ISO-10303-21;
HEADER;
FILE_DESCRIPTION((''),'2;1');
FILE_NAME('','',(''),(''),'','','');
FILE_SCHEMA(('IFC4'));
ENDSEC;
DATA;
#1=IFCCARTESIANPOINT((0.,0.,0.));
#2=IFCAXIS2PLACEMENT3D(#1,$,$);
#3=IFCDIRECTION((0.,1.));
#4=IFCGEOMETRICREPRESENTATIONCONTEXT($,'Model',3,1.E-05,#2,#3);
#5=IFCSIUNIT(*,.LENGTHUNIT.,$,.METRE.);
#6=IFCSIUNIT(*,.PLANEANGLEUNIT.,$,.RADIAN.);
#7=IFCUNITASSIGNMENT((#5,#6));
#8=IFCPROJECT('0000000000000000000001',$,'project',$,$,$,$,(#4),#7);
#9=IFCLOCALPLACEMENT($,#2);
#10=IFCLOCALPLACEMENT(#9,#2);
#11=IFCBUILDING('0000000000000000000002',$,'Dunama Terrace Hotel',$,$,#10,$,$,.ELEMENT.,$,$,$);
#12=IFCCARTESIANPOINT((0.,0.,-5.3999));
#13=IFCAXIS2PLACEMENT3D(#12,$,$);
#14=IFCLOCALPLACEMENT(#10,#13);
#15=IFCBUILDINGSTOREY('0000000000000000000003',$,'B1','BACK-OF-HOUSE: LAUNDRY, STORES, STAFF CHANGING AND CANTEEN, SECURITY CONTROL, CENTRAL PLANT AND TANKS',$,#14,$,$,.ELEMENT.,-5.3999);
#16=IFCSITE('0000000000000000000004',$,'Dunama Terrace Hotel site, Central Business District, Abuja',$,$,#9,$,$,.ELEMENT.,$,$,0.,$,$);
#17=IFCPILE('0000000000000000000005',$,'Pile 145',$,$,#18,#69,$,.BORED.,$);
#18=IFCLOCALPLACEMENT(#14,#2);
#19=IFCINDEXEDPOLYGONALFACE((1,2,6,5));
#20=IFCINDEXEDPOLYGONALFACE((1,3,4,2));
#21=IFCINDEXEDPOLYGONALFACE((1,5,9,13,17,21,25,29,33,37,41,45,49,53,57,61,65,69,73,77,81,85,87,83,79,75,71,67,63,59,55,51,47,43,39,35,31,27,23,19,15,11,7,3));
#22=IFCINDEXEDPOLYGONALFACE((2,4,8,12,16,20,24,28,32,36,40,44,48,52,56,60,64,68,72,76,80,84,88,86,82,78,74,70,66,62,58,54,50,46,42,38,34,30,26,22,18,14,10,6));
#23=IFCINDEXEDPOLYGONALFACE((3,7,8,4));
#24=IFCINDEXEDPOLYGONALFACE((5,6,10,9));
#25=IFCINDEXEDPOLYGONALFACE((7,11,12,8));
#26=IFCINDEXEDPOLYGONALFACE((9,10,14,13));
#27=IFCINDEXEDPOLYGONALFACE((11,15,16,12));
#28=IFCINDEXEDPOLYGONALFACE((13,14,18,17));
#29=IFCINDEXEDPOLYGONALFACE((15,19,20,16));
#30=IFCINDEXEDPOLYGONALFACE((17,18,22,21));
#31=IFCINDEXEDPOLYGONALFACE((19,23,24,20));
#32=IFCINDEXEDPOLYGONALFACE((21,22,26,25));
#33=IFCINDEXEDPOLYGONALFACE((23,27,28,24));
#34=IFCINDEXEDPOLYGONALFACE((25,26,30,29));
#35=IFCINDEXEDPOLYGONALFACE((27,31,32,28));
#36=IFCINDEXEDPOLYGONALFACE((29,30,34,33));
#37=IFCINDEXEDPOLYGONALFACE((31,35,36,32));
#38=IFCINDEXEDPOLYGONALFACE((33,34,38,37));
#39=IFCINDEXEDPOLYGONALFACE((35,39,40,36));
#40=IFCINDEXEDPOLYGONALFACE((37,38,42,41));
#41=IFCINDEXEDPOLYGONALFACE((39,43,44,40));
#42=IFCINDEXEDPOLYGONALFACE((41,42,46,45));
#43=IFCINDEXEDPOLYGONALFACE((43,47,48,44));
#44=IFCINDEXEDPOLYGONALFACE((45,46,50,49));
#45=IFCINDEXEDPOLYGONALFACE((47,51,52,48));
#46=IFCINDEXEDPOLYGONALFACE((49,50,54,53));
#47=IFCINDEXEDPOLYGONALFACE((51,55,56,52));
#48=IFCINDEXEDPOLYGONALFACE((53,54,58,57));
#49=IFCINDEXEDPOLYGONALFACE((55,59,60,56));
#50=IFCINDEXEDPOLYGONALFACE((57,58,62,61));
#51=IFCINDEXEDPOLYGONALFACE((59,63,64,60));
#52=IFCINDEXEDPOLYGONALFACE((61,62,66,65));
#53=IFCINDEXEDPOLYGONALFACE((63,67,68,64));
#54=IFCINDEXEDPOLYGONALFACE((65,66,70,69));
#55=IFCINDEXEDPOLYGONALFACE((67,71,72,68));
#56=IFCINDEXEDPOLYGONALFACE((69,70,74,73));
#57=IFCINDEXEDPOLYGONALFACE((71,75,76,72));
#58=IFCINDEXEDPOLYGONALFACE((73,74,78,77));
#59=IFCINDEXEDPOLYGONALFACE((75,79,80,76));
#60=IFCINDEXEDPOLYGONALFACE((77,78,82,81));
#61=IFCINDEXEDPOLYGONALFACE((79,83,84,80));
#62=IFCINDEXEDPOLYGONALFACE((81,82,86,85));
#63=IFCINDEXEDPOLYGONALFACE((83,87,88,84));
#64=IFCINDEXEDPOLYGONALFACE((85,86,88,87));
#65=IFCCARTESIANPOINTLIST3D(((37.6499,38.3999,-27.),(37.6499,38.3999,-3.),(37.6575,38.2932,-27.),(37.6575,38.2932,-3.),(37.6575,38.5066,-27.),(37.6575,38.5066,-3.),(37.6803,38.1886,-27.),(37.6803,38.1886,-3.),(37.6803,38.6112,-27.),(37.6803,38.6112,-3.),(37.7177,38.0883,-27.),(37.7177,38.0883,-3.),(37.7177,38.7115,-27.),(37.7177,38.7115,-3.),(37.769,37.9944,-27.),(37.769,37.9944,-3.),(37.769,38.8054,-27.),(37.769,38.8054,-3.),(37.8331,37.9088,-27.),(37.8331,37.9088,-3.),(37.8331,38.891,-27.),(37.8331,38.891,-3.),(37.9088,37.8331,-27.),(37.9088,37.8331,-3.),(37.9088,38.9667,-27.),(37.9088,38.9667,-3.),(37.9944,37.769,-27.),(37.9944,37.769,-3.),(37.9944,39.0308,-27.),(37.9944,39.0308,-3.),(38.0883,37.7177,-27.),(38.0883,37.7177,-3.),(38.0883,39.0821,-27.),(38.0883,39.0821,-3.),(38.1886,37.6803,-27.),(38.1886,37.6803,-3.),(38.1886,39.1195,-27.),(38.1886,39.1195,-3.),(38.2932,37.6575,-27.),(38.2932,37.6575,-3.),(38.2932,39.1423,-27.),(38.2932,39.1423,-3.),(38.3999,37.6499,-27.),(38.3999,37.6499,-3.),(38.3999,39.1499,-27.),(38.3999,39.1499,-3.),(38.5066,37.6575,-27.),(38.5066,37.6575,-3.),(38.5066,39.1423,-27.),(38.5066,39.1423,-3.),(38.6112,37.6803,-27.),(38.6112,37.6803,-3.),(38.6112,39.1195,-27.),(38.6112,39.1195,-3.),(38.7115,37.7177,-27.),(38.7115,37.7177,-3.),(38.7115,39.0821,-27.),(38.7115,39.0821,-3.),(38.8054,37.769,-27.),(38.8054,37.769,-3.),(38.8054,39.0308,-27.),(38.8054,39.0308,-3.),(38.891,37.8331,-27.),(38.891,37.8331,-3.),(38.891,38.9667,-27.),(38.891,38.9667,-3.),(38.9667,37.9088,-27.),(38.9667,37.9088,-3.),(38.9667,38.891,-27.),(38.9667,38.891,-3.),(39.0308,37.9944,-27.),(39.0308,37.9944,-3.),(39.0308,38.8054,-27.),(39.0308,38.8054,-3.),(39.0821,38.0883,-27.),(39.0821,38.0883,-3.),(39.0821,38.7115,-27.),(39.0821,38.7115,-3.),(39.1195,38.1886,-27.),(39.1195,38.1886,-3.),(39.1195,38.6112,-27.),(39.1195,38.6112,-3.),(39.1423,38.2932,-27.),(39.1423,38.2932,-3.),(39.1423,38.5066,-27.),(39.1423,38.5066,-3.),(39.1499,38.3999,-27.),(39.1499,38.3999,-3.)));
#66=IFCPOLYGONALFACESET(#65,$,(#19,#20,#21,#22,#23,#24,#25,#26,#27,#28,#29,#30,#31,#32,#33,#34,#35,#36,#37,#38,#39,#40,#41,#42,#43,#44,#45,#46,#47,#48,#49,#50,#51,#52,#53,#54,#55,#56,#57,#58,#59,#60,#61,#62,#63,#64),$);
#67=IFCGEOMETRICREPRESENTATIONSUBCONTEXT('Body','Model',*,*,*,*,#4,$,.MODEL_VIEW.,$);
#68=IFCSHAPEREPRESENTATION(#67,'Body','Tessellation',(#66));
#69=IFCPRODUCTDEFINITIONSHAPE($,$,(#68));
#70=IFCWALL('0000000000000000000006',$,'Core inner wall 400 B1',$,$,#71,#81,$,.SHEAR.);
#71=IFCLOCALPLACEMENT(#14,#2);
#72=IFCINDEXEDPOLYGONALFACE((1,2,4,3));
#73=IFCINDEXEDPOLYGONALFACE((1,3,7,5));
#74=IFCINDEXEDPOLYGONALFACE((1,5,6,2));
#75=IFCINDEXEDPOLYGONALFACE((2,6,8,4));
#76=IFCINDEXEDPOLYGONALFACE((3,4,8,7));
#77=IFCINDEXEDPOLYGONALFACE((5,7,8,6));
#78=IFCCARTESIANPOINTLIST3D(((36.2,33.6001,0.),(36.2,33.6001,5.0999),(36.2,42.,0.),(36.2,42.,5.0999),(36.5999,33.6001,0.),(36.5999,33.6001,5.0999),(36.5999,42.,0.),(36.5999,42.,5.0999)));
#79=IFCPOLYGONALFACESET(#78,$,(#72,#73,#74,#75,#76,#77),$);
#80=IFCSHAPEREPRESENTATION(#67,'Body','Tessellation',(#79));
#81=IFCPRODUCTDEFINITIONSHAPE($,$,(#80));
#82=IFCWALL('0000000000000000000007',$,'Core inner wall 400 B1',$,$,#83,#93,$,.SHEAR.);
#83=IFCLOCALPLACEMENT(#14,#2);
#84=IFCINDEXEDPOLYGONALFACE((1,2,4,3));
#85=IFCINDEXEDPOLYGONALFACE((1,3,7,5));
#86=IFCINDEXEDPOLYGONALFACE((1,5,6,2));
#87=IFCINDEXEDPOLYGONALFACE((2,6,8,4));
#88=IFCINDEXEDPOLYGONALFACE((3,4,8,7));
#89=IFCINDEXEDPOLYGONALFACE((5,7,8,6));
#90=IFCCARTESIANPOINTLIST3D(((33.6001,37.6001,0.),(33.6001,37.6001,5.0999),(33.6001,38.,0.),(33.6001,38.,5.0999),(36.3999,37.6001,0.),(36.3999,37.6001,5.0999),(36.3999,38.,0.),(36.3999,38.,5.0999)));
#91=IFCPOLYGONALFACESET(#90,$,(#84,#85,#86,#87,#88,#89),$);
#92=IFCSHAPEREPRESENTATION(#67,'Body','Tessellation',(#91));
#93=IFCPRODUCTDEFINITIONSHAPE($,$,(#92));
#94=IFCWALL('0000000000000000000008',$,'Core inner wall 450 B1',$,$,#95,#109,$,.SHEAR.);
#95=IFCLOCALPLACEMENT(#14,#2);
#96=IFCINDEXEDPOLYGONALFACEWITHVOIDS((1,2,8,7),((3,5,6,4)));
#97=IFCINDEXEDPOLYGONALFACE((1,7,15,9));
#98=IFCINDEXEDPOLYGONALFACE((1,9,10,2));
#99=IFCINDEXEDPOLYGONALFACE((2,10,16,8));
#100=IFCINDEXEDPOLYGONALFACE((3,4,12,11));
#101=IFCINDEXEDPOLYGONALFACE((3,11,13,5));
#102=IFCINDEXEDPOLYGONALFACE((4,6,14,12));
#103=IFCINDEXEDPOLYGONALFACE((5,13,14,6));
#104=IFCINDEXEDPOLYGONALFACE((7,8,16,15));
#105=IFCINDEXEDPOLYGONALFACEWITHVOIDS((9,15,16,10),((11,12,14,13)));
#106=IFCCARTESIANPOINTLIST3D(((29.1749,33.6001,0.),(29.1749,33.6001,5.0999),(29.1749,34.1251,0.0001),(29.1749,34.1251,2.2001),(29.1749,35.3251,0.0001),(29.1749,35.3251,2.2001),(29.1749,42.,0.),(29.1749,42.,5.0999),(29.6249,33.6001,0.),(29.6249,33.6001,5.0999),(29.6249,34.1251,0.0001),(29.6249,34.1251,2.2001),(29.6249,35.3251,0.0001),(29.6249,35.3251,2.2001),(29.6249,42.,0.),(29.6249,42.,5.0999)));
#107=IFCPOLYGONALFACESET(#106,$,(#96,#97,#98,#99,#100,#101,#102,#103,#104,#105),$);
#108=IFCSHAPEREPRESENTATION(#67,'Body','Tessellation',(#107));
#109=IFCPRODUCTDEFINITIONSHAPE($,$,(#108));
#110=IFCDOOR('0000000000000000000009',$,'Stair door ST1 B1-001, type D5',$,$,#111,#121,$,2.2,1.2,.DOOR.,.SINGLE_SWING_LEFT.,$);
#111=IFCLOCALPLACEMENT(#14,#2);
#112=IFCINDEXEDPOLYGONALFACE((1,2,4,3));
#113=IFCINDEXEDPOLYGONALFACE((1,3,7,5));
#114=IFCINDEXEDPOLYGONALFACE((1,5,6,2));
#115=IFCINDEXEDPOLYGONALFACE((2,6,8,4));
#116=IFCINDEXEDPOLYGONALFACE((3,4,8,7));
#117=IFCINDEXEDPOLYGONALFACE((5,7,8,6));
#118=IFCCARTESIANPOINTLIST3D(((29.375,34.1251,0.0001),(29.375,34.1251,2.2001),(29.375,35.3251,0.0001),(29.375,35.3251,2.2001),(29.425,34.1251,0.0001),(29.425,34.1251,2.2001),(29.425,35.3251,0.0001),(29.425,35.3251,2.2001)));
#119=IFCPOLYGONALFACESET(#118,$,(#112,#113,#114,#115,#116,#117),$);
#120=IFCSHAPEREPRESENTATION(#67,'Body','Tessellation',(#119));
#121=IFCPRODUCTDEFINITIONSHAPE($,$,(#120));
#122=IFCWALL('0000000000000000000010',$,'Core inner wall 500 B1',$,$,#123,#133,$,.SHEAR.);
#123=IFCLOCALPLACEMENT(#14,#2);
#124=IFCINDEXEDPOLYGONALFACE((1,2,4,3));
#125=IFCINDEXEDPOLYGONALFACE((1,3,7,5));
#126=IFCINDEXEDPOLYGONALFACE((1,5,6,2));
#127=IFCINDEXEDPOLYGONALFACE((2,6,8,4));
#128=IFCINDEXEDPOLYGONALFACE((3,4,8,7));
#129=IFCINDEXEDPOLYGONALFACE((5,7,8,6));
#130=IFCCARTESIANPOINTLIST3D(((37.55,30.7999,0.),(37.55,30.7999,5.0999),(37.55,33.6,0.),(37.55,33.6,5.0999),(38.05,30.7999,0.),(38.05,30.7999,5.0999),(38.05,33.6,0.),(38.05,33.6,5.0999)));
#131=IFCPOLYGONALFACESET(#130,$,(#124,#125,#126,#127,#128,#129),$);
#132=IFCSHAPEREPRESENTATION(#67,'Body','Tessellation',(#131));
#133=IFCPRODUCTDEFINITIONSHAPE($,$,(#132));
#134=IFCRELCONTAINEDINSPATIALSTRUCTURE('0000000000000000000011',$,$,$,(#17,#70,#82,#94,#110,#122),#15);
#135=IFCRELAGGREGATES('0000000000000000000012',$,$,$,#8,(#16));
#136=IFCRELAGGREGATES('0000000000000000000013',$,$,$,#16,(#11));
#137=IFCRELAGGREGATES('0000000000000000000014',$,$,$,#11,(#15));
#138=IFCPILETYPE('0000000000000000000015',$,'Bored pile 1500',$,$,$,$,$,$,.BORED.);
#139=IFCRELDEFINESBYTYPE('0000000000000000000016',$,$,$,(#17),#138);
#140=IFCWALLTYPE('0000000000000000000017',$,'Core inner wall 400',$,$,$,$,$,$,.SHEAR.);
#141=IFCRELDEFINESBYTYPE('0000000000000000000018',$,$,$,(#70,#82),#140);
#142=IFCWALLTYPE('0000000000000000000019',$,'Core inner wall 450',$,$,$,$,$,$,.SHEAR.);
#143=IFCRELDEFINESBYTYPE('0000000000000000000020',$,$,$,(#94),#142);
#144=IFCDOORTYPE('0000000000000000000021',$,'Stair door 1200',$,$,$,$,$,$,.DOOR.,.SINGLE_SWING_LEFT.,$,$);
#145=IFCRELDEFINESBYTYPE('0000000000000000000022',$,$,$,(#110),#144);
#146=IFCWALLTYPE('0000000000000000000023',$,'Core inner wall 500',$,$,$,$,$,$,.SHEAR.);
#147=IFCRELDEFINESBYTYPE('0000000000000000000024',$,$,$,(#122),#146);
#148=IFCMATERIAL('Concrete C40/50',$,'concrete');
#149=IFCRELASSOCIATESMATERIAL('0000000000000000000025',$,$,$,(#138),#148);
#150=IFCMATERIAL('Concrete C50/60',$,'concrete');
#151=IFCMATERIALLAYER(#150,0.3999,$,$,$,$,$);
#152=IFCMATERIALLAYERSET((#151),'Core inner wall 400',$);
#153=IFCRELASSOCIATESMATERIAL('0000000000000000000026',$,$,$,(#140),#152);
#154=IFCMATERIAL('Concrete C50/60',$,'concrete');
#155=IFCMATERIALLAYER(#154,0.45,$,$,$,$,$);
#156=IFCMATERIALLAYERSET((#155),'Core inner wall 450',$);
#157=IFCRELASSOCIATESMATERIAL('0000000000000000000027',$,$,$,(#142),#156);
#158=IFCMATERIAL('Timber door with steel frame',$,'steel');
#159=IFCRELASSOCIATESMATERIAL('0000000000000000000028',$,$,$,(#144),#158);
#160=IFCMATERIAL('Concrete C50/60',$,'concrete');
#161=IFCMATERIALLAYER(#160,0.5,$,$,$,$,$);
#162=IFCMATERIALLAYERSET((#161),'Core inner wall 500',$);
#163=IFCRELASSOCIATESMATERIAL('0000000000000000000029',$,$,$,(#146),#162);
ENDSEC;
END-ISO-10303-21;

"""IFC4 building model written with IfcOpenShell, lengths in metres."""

from ifc_helpers import new_model, si_unit, direction, frame, frame_2d, origin, origin_2d, place, context, subcontext, project, spatial, rectangle, circle, extrude, material, layer, layer_set, material_profile, profile_set, type_object, element, fill, save


model = new_model("IFC4")

# Units and contexts
model_context = context("Model", 3, precision=1e-05, world=origin(), true_north=direction((0.0, 1.0)))
body_context = subcontext(model_context, "Body", "Model", "MODEL_VIEW")
ifc_project = project(units=[si_unit("LENGTHUNIT", "METRE"), si_unit("PLANEANGLEUNIT", "RADIAN")], contexts=[model_context])

# Site, building, storey
site_placement = place(None, origin())
site = spatial("IfcSite", under=ifc_project, at=site_placement, Name="Dunama Terrace Hotel site, Central Business District, Abuja", CompositionType="ELEMENT", RefElevation=0.0)
building_placement = place(site_placement, origin())
building = spatial("IfcBuilding", under=site, at=building_placement, Name="Dunama Terrace Hotel", CompositionType="ELEMENT")
storey_placement = place(building_placement, frame((0.0, 0.0, -5.3999)))
storey = spatial("IfcBuildingStorey", under=building, at=storey_placement, Name="B1", Description="BACK-OF-HOUSE: LAUNDRY, STORES, STAFF CHANGING AND CANTEEN, SECURITY CONTROL, CENTRAL PLANT AND TANKS", CompositionType="ELEMENT", Elevation=-5.3999)

# Pile
ifc_material_1 = material(Name="Concrete C40/50", Category="concrete")
ifc_material_profile = material_profile(ifc_material_1, circle(Radius=0.75, at=origin_2d()), Name="PILE D1500")
ifc_profile_set = profile_set([ifc_material_profile], Name="Concrete C40/50")
pile_type = type_object("IfcPileType", Name="Bored pile 1500", PredefinedType="BORED", material=ifc_profile_set)
for number, where, z_axis, x_axis, name in (
    (1, (38.3999, 38.3999, -3.0), (0.0, 0.0, -1.0), (1.0, 0.0, 0.0), "Pile 145"),
):
    element("IfcPile", number, at=place(storey_placement, frame(where, z_axis=z_axis, x_axis=x_axis)), inside=storey, type_object=pile_type, Name=name, PredefinedType="BORED", context=body_context, shape_type="SweptSolid", body=[
        extrude(circle(Radius=0.75, at=origin_2d()), origin(), (0.0, 0.0, 1.0), 24.0),
    ])

# Walls
ifc_material_2 = material(Name="Concrete C50/60", Category="concrete")
ifc_layer_1 = layer(ifc_material_2, 0.3999)
ifc_layer_set_1 = layer_set([ifc_layer_1], Name="Core inner wall 400")
wall_type_1 = type_object("IfcWallType", Name="Core inner wall 400", PredefinedType="SHEAR", material=ifc_layer_set_1)
wall_1_placement = place(storey_placement, frame((36.3999, 33.6001, 0.0), z_axis=(0.0, 0.0, 1.0), x_axis=(0.0, 1.0, 0.0)))
element("IfcWall", 2, at=wall_1_placement, inside=storey, type_object=wall_type_1, Name="Core inner wall 400 B1", PredefinedType="SHEAR", context=body_context, shape_type="SweptSolid", body=[
    extrude(rectangle(XDim=8.3999, YDim=0.3999, at=frame_2d((4.2, 0.0))), origin(), (0.0, 0.0, 1.0), 5.0999),
])
wall_2_placement = place(storey_placement, frame((33.6001, 37.8, 0.0), z_axis=(0.0, 0.0, 1.0), x_axis=(1.0, 0.0, 0.0)))
element("IfcWall", 3, at=wall_2_placement, inside=storey, type_object=wall_type_1, Name="Core inner wall 400 B1", PredefinedType="SHEAR", context=body_context, shape_type="SweptSolid", body=[
    extrude(rectangle(XDim=2.7998, YDim=0.3999, at=frame_2d((1.3999, 0.0))), origin(), (0.0, 0.0, 1.0), 5.0999),
])

# Wall, opening, door
ifc_material_3 = material(Name="Concrete C50/60", Category="concrete")
ifc_layer_2 = layer(ifc_material_3, 0.45)
ifc_layer_set_2 = layer_set([ifc_layer_2], Name="Core inner wall 450")
wall_type_2 = type_object("IfcWallType", Name="Core inner wall 450", PredefinedType="SHEAR", material=ifc_layer_set_2)
wall_3_placement = place(storey_placement, frame((29.3999, 33.6001, 0.0), z_axis=(0.0, 0.0, 1.0), x_axis=(0.0, 1.0, 0.0)))
wall_3 = element("IfcWall", 4, at=wall_3_placement, inside=storey, type_object=wall_type_2, Name="Core inner wall 450 B1", PredefinedType="SHEAR", context=body_context, shape_type="SweptSolid", body=[
    extrude(rectangle(XDim=8.3999, YDim=0.45, at=frame_2d((4.2, 0.0))), origin(), (0.0, 0.0, 1.0), 5.0999),
])
opening_1_placement = place(wall_3_placement, frame((0.5249, 0.0, 0.0)))
opening_1 = element("IfcOpeningElement", 5, at=opening_1_placement, cuts=wall_3, PredefinedType="OPENING", context=body_context, shape_type="SweptSolid", body=[
    extrude(rectangle(XDim=1.2, YDim=2.2, at=frame_2d((0.6001, 1.1001))), frame((0.0, 0.2349, 0.0), z_axis=(0.0, -1.0, 0.0), x_axis=(1.0, 0.0, 0.0)), (0.0, 0.0, 1.0), 0.47),
])
ifc_material_4 = material(Name="Timber door with steel frame", Category="steel")
door_type_1 = type_object("IfcDoorType", Name="Stair door 1200", OperationType="SINGLE_SWING_LEFT", PredefinedType="DOOR", material=ifc_material_4)
door_1_placement = place(opening_1_placement, origin())
door_1 = element("IfcDoor", 6, at=door_1_placement, inside=storey, type_object=door_type_1, Name="Stair door ST1 B1-001, type D5", OperationType="SINGLE_SWING_LEFT", OverallHeight=2.2, OverallWidth=1.2, PredefinedType="DOOR", context=body_context, shape_type="SweptSolid", body=[
    extrude(rectangle(XDim=1.2, YDim=2.2, at=frame_2d((0.6001, 1.1001))), frame((0.0, 0.0249, 0.0), z_axis=(0.0, -1.0, 0.0), x_axis=(1.0, 0.0, 0.0)), (0.0, 0.0, 1.0), 0.05),
])
fill(opening_1, door_1)

# Wall
ifc_material_5 = material(Name="Concrete C50/60", Category="concrete")
ifc_layer_3 = layer(ifc_material_5, 0.5)
ifc_layer_set_3 = layer_set([ifc_layer_3], Name="Core inner wall 500")
wall_type_3 = type_object("IfcWallType", Name="Core inner wall 500", PredefinedType="SHEAR", material=ifc_layer_set_3)
wall_4_placement = place(storey_placement, frame((37.8, 30.8, 0.0), z_axis=(0.0, 0.0, 1.0), x_axis=(0.0, 1.0, 0.0)))
element("IfcWall", 7, at=wall_4_placement, inside=storey, type_object=wall_type_3, Name="Core inner wall 500 B1", PredefinedType="SHEAR", context=body_context, shape_type="SweptSolid", body=[
    extrude(rectangle(XDim=2.8, YDim=0.5, at=frame_2d((1.3999, 0.0))), origin(), (0.0, 0.0, 1.0), 5.0999),
])

save(model, "model.ifc")
